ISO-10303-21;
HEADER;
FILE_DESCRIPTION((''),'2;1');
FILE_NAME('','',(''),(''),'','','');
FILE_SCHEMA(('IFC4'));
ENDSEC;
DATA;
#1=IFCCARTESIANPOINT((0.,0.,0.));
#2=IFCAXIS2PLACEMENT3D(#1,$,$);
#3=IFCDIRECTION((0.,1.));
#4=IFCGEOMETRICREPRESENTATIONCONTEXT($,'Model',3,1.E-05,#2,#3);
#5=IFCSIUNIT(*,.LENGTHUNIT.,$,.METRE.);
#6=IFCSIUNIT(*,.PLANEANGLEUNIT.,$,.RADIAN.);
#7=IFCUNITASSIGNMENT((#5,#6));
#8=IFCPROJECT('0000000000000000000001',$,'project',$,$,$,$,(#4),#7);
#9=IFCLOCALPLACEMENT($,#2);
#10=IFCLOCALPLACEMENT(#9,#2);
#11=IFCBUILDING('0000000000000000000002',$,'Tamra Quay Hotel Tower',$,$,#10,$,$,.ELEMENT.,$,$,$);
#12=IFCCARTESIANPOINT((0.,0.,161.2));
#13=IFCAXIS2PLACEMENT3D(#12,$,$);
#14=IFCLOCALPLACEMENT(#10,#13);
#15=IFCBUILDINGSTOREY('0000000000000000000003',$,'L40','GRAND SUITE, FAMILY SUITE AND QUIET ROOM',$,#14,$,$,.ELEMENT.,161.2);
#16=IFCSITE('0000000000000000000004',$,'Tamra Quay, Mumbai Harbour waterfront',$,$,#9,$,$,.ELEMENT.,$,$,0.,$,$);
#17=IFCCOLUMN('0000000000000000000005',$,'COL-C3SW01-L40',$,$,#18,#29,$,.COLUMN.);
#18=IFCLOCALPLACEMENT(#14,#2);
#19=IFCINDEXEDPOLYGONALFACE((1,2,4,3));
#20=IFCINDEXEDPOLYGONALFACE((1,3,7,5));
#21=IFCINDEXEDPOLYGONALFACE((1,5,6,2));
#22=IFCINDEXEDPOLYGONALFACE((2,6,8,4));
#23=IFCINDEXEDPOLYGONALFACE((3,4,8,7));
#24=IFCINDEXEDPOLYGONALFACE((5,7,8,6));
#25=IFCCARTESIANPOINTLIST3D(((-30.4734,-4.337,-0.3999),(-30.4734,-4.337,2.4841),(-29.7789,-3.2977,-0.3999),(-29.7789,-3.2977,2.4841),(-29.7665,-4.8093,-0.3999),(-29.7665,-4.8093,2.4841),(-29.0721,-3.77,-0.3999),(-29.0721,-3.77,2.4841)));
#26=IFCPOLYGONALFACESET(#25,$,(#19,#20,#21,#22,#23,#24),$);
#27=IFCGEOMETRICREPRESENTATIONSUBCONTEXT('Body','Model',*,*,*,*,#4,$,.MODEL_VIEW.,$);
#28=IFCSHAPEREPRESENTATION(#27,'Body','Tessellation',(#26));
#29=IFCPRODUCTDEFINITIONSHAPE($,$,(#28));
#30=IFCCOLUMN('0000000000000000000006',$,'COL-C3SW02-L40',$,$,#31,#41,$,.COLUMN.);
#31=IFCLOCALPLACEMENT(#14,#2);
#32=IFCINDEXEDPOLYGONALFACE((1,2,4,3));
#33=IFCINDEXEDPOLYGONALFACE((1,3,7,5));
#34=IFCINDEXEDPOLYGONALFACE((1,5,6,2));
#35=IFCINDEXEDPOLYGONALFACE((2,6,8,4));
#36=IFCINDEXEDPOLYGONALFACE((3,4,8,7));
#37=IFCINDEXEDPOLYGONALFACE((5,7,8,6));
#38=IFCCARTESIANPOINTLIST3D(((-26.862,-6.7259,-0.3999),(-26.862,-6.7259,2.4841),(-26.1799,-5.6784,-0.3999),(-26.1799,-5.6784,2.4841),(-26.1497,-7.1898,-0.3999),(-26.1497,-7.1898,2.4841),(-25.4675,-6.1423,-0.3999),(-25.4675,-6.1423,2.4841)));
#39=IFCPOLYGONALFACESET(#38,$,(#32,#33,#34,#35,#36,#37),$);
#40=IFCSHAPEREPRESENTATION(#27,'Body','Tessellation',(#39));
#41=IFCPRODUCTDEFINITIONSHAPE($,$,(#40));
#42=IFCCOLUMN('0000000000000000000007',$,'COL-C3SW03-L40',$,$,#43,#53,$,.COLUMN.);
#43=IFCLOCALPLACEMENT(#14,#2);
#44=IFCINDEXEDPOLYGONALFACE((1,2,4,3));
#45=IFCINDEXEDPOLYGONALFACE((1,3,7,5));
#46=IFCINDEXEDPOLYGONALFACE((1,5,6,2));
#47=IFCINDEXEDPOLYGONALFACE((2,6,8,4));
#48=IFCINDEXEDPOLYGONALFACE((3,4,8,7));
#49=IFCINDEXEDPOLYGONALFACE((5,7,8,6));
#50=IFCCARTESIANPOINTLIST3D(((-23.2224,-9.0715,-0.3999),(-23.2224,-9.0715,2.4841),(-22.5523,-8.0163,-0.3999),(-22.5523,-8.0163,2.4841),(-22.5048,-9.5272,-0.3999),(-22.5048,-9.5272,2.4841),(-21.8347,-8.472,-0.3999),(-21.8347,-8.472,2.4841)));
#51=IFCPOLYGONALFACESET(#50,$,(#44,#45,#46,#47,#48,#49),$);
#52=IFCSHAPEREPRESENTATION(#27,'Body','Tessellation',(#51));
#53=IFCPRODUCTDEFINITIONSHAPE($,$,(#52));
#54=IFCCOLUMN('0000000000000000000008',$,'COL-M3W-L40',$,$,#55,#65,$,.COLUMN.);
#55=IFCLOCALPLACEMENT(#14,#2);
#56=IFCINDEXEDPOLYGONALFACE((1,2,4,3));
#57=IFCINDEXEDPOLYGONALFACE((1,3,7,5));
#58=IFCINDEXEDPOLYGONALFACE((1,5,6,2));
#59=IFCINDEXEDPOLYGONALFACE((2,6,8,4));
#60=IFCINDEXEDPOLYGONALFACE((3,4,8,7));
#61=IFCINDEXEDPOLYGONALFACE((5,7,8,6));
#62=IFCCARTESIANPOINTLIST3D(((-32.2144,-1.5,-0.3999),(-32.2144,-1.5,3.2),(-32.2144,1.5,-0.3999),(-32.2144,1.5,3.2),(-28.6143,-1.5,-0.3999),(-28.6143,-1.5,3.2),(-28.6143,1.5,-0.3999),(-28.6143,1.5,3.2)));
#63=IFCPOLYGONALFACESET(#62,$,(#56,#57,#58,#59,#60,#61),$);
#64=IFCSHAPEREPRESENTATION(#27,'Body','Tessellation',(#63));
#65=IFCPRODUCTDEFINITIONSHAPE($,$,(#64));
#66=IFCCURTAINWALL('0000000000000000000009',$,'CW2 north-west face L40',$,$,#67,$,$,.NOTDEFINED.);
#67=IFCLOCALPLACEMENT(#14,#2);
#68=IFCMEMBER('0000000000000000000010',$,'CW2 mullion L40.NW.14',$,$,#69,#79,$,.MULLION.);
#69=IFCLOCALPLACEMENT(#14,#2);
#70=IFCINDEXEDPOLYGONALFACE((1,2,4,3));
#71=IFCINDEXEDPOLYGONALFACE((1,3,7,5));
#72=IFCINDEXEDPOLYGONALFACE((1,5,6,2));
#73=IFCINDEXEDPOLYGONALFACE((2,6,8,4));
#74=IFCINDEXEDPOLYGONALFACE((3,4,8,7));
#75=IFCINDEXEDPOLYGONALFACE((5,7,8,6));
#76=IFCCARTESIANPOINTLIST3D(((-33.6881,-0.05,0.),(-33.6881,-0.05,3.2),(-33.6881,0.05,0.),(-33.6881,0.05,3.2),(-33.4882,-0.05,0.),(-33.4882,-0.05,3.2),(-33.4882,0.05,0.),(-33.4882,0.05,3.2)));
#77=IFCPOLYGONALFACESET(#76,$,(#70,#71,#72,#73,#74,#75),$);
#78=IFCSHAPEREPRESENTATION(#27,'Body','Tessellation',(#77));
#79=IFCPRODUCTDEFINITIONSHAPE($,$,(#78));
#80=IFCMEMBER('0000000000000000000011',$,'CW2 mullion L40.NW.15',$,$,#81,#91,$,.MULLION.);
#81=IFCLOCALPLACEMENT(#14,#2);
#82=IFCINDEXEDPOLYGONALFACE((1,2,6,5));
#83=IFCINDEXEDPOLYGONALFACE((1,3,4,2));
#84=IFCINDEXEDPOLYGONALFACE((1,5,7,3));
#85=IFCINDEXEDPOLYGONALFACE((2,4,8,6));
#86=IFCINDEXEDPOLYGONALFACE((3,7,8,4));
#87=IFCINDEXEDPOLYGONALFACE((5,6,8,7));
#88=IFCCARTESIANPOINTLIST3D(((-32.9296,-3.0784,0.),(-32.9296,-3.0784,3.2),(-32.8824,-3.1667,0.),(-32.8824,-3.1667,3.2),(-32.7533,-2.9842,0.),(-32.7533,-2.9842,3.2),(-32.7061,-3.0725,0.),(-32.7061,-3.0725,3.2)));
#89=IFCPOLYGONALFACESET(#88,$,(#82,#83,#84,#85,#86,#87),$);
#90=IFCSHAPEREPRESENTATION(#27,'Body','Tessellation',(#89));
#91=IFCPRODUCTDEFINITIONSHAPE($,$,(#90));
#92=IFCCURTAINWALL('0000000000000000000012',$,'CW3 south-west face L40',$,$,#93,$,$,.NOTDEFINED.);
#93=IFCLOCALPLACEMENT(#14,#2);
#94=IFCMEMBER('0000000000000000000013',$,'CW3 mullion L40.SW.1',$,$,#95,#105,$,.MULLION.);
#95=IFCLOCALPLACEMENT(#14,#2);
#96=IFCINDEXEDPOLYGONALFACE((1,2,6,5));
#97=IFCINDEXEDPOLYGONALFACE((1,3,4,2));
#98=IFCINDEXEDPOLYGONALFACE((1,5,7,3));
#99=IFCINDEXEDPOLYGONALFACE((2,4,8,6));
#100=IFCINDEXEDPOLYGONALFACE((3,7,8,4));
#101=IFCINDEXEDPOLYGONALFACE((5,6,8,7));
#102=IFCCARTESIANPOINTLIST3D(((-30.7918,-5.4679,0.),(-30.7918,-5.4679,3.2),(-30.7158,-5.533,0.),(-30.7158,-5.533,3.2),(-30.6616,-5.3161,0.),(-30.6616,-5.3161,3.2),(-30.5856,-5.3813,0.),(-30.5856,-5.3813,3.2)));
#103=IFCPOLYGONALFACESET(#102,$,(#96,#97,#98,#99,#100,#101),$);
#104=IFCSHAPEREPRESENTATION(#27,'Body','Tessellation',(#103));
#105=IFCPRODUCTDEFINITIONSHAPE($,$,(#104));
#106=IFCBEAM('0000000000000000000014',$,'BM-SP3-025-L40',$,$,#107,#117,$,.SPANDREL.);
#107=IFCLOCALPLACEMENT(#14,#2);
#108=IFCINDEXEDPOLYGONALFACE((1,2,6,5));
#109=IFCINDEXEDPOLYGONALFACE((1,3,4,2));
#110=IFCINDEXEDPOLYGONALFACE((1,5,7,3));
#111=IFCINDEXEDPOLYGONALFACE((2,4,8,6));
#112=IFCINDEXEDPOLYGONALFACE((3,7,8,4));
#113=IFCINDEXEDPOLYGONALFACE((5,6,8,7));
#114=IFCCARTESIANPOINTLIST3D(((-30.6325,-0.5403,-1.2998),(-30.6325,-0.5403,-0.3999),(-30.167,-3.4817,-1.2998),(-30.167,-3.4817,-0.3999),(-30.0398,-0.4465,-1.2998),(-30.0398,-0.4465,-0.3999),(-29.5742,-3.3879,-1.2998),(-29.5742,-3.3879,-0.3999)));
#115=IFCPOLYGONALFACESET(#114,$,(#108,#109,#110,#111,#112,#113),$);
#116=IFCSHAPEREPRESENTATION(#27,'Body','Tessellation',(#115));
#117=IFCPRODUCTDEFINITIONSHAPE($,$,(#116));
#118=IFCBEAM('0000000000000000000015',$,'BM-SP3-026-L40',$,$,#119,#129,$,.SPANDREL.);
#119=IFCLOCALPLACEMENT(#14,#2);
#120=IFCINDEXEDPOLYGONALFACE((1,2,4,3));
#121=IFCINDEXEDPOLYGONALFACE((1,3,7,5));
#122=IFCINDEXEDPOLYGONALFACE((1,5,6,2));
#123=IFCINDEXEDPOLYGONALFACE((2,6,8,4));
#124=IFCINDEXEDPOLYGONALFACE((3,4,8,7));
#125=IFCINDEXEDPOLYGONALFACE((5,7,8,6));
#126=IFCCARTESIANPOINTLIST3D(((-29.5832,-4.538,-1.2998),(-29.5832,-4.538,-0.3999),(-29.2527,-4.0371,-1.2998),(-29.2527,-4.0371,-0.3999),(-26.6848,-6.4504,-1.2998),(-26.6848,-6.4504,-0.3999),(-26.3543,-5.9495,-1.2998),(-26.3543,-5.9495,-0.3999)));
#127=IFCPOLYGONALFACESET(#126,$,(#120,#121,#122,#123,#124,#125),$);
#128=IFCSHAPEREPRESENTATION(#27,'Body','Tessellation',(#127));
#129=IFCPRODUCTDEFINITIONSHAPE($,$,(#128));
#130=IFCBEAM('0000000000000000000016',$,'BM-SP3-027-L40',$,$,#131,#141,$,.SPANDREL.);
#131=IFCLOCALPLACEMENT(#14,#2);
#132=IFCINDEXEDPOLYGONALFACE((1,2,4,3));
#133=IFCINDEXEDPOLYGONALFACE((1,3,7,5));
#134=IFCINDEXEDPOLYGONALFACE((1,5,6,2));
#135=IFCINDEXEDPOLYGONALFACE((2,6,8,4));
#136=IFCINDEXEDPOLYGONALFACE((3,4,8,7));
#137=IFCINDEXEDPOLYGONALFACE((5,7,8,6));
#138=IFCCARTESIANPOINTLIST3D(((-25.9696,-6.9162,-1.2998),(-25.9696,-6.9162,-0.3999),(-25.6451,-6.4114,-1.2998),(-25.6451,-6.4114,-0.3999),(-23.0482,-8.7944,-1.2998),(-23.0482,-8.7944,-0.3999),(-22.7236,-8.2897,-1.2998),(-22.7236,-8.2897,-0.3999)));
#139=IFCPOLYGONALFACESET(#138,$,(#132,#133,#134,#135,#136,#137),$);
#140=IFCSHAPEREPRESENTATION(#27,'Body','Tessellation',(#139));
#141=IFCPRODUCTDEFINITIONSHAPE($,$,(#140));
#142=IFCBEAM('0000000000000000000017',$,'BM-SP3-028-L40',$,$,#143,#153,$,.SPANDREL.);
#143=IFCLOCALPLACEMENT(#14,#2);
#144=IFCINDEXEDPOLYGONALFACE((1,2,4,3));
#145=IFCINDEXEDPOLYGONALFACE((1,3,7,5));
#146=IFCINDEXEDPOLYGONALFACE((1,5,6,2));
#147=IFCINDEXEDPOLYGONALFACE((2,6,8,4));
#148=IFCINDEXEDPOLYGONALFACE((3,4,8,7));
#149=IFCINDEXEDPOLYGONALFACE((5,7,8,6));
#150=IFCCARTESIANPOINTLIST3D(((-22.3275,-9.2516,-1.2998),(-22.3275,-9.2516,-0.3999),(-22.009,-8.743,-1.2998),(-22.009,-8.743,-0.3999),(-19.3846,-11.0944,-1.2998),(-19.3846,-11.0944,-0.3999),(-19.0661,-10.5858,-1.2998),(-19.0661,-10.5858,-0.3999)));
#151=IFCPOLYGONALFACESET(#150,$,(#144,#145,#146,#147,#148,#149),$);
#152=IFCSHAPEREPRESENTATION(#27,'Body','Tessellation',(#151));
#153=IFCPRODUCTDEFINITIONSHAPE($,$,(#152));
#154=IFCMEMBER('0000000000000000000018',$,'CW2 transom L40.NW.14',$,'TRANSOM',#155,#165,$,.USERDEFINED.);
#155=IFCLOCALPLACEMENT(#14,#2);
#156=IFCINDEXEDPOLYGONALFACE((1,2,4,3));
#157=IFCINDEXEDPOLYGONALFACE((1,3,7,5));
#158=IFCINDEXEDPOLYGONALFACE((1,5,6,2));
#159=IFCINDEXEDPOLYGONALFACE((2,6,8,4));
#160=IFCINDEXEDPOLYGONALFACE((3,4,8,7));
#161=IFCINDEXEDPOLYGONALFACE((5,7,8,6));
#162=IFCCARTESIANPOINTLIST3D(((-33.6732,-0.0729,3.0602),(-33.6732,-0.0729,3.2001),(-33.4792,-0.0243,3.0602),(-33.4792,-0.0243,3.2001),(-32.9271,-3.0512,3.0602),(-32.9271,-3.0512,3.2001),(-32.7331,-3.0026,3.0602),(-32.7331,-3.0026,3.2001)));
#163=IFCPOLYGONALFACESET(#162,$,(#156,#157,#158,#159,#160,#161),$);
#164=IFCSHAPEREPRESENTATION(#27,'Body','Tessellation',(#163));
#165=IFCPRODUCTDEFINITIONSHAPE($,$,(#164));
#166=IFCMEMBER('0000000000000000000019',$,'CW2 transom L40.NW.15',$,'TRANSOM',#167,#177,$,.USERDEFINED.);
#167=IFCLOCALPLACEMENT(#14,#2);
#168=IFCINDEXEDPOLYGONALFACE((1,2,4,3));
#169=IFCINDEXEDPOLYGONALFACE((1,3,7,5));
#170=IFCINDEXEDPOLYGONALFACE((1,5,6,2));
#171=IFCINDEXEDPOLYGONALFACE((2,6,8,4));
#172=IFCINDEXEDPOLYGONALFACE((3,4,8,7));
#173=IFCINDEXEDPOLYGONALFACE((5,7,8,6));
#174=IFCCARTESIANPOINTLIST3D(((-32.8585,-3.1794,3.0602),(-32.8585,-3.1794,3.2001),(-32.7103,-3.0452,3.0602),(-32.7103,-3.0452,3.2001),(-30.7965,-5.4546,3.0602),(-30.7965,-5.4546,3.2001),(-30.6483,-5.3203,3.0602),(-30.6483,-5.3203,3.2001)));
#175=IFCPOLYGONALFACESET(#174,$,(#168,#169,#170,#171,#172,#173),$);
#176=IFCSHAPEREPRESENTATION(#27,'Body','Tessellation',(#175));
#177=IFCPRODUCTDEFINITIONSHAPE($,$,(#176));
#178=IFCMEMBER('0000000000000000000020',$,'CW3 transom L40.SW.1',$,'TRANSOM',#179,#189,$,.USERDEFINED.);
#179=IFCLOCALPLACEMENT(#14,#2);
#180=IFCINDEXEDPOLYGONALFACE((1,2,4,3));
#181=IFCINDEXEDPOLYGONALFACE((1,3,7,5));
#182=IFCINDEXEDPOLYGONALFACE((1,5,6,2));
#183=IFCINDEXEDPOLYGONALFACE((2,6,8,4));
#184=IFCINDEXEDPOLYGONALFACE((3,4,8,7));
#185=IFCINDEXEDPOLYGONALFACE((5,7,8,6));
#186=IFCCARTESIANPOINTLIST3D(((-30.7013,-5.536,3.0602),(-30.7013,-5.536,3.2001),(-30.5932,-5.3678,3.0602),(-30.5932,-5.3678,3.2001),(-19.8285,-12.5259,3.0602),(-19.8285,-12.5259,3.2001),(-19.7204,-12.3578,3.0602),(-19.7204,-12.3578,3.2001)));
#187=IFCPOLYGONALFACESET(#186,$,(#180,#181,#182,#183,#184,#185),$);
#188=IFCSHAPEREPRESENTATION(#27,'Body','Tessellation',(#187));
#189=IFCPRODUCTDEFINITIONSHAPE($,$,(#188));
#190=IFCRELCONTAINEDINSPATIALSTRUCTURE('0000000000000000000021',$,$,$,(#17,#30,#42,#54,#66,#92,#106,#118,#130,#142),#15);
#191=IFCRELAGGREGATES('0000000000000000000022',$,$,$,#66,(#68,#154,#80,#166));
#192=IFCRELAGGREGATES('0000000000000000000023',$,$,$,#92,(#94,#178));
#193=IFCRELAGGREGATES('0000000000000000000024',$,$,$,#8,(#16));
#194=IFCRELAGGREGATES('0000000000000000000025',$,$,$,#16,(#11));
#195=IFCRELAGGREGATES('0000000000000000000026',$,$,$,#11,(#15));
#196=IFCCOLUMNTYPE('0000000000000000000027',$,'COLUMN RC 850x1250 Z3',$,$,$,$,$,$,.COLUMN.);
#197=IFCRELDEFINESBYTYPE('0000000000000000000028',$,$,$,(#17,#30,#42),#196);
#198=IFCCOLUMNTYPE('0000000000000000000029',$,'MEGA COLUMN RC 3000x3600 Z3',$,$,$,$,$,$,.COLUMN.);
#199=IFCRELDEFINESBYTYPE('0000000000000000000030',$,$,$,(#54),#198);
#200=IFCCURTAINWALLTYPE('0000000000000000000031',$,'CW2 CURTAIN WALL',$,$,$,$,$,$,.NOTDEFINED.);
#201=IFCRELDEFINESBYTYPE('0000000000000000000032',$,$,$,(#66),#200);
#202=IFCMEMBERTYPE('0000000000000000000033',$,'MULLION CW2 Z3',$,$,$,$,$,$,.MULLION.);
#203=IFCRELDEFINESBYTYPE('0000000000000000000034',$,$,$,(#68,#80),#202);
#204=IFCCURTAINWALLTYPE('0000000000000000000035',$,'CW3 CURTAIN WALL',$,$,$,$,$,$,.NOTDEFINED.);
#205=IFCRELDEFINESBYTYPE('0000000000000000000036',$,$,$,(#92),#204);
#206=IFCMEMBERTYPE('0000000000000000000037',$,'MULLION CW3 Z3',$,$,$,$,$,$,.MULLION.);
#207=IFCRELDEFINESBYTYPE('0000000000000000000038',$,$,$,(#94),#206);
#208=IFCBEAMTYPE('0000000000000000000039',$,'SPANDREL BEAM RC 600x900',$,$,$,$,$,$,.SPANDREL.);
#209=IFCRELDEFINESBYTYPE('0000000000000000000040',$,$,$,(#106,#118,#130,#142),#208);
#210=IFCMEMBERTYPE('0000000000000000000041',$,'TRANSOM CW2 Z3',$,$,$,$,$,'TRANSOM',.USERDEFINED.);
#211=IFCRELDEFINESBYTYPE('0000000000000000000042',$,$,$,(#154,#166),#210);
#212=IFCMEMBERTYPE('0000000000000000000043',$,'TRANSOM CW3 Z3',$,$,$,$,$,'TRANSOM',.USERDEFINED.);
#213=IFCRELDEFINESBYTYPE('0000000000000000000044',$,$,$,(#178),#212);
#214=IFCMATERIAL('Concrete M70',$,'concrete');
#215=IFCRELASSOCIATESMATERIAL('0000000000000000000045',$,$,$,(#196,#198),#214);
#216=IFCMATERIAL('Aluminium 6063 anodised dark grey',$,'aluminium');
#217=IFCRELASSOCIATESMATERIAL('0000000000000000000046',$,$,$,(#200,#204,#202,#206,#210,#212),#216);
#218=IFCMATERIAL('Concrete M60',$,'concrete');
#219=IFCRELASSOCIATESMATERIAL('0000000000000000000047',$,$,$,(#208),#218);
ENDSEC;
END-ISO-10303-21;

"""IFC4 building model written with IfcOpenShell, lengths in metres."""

from ifc_helpers import new_model, si_unit, direction, frame, origin, origin_2d, place, context, subcontext, project, spatial, rectangle, extrude, material, material_profile, profile_set, type_object, element, aggregate, save


model = new_model("IFC4")

# Units and contexts
model_context = context("Model", 3, precision=1e-05, world=origin(), true_north=direction((0.0, 1.0)))
body_context = subcontext(model_context, "Body", "Model", "MODEL_VIEW")
ifc_project = project(units=[si_unit("LENGTHUNIT", "METRE"), si_unit("PLANEANGLEUNIT", "RADIAN")], contexts=[model_context])

# Site, building, storey
site_placement = place(None, origin())
site = spatial("IfcSite", under=ifc_project, at=site_placement, Name="Tamra Quay, Mumbai Harbour waterfront", CompositionType="ELEMENT", RefElevation=0.0)
building_placement = place(site_placement, origin())
building = spatial("IfcBuilding", under=site, at=building_placement, Name="Tamra Quay Hotel Tower", CompositionType="ELEMENT")
storey_placement = place(building_placement, frame((0.0, 0.0, 161.2)))
storey = spatial("IfcBuildingStorey", under=building, at=storey_placement, Name="L40", Description="GRAND SUITE, FAMILY SUITE AND QUIET ROOM", CompositionType="ELEMENT", Elevation=161.2)

# Columns
ifc_material_1 = material(Name="Concrete M70", Category="concrete")
ifc_material_profile_1 = material_profile(ifc_material_1, rectangle(XDim=1.25, YDim=0.8501, at=origin_2d()), Name="COLUMN RC 850x1250 Z3")
ifc_profile_set_1 = profile_set([ifc_material_profile_1], Name="Concrete M70")
column_type_1 = type_object("IfcColumnType", Name="COLUMN RC 850x1250 Z3", PredefinedType="COLUMN", material=ifc_profile_set_1)
for number, where, z_axis, x_axis, name in (
    (1, (-29.7727, -4.0535, -0.3999), (0.0, 0.0, 1.0), (0.555583, 0.831461, 0.0), "COL-C3SW01-L40"),
    (2, (-26.1648, -6.4341, -0.3999), (0.0, 0.0, 1.0), (0.545703, 0.837979, 0.0), "COL-C3SW02-L40"),
    (3, (-22.5286, -8.7717, -0.3999), (0.0, 0.0, 1.0), (0.536102, 0.844153, 0.0), "COL-C3SW03-L40"),
):
    element("IfcColumn", number, at=place(storey_placement, frame(where, z_axis=z_axis, x_axis=x_axis)), inside=storey, type_object=column_type_1, Name=name, PredefinedType="COLUMN", context=body_context, shape_type="SweptSolid", body=[
        extrude(rectangle(XDim=1.25, YDim=0.8501, at=origin_2d()), origin(), (0.0, 0.0, 1.0), 2.884),
    ])
ifc_material_profile_2 = material_profile(ifc_material_1, rectangle(XDim=3.6001, YDim=3.0, at=origin_2d()), Name="MEGA COLUMN RC 3000x3600 Z3")
ifc_profile_set_2 = profile_set([ifc_material_profile_2], Name="Concrete M70")
column_type_2 = type_object("IfcColumnType", Name="MEGA COLUMN RC 3000x3600 Z3", PredefinedType="COLUMN", material=ifc_profile_set_2)
column_placement = place(storey_placement, frame((-30.4143, 0.0, -0.3999), z_axis=(0.0, 0.0, 1.0), x_axis=(1.0, 0.0, 0.0)))
element("IfcColumn", 4, at=column_placement, inside=storey, type_object=column_type_2, Name="COL-M3W-L40", PredefinedType="COLUMN", context=body_context, shape_type="SweptSolid", body=[
    extrude(rectangle(XDim=3.6001, YDim=3.0, at=origin_2d()), origin(), (0.0, 0.0, 1.0), 3.5999),
])

# Curtain wall, members
ifc_material_2 = material(Name="Aluminium 6063 anodised dark grey", Category="aluminium")
curtain_wall_type_1 = type_object("IfcCurtainWallType", Name="CW2 CURTAIN WALL", PredefinedType="NOTDEFINED", material=ifc_material_2)
curtain_wall_1_placement = place(storey_placement, origin())
curtain_wall_1 = element("IfcCurtainWall", 5, at=curtain_wall_1_placement, inside=storey, type_object=curtain_wall_type_1, Name="CW2 north-west face L40", PredefinedType="NOTDEFINED")
ifc_material_profile_3 = material_profile(ifc_material_2, rectangle(XDim=0.2, YDim=0.1001, at=origin_2d()), Name="MULLION 100X200")
ifc_profile_set_3 = profile_set([ifc_material_profile_3], Name="Aluminium 6063 anodised dark grey")
member_type_1 = type_object("IfcMemberType", Name="MULLION CW2 Z3", PredefinedType="MULLION", material=ifc_profile_set_3)
member_1_placement = place(storey_placement, frame((-33.5881, 0.0, 0.0), z_axis=(0.0, 0.0, 1.0), x_axis=(-1.0, 0.0, 0.0)))
member_1 = element("IfcMember", 6, at=member_1_placement, type_object=member_type_1, Name="CW2 mullion L40.NW.14", PredefinedType="MULLION", context=body_context, shape_type="SweptSolid", body=[
    extrude(rectangle(XDim=0.2, YDim=0.1001, at=origin_2d()), origin(), (0.0, 0.0, 1.0), 3.2),
])
member_2_placement = place(storey_placement, frame((-32.8179, -3.0754, 0.0), z_axis=(0.0, 0.0, 1.0), x_axis=(-0.881925, -0.471389, 0.0)))
member_2 = element("IfcMember", 7, at=member_2_placement, type_object=member_type_1, Name="CW2 mullion L40.NW.15", PredefinedType="MULLION", context=body_context, shape_type="SweptSolid", body=[
    extrude(rectangle(XDim=0.2, YDim=0.1001, at=origin_2d()), origin(), (0.0, 0.0, 1.0), 3.2),
])

# Curtain wall, member
curtain_wall_type_2 = type_object("IfcCurtainWallType", Name="CW3 CURTAIN WALL", PredefinedType="NOTDEFINED", material=ifc_material_2)
curtain_wall_2_placement = place(storey_placement, origin())
curtain_wall_2 = element("IfcCurtainWall", 8, at=curtain_wall_2_placement, inside=storey, type_object=curtain_wall_type_2, Name="CW3 south-west face L40", PredefinedType="NOTDEFINED")
ifc_material_profile_4 = material_profile(ifc_material_2, rectangle(XDim=0.2, YDim=0.1001, at=origin_2d()), Name="MULLION 100X200")
ifc_profile_set_4 = profile_set([ifc_material_profile_4], Name="Aluminium 6063 anodised dark grey")
member_type_2 = type_object("IfcMemberType", Name="MULLION CW3 Z3", PredefinedType="MULLION", material=ifc_profile_set_4)
member_3_placement = place(storey_placement, frame((-30.6887, -5.4246, 0.0), z_axis=(0.0, 0.0, 1.0), x_axis=(-0.650989, -0.759087, 0.0)))
member_3 = element("IfcMember", 9, at=member_3_placement, type_object=member_type_2, Name="CW3 mullion L40.SW.1", PredefinedType="MULLION", context=body_context, shape_type="SweptSolid", body=[
    extrude(rectangle(XDim=0.2, YDim=0.1001, at=origin_2d()), origin(), (0.0, 0.0, 1.0), 3.2),
])

# Beams
ifc_material_3 = material(Name="Concrete M60", Category="concrete")
ifc_material_profile_5 = material_profile(ifc_material_3, rectangle(XDim=0.6001, YDim=0.8999, at=origin_2d()), Name="SPANDREL BEAM RC 600x900")
ifc_profile_set_5 = profile_set([ifc_material_profile_5], Name="Concrete M60")
beam_type = type_object("IfcBeamType", Name="SPANDREL BEAM RC 600x900", PredefinedType="SPANDREL", material=ifc_profile_set_5)
beam_1_placement = place(storey_placement, frame((-30.3362, -0.4934, -0.8499), z_axis=(0.156337, -0.987704, 0.0), x_axis=(0.987704, 0.156337, 0.0)))
element("IfcBeam", 10, at=beam_1_placement, inside=storey, type_object=beam_type, Name="BM-SP3-025-L40", PredefinedType="SPANDREL", context=body_context, shape_type="SweptSolid", body=[
    extrude(rectangle(XDim=0.6001, YDim=0.8999, at=origin_2d()), origin(), (0.0, 0.0, 1.0), 2.978),
])
beam_2_placement = place(storey_placement, frame((-29.418, -4.2876, -0.8499), z_axis=(0.834691, -0.550719, 0.0), x_axis=(0.550719, 0.834691, 0.0)))
element("IfcBeam", 11, at=beam_2_placement, inside=storey, type_object=beam_type, Name="BM-SP3-026-L40", PredefinedType="SPANDREL", context=body_context, shape_type="SweptSolid", body=[
    extrude(rectangle(XDim=0.6001, YDim=0.8999, at=origin_2d()), origin(), (0.0, 0.0, 1.0), 3.4724),
])
beam_3_placement = place(storey_placement, frame((-25.8074, -6.6638, -0.8499), z_axis=(0.84116, -0.540786, 0.0), x_axis=(0.540786, 0.84116, 0.0)))
element("IfcBeam", 12, at=beam_3_placement, inside=storey, type_object=beam_type, Name="BM-SP3-027-L40", PredefinedType="SPANDREL", context=body_context, shape_type="SweptSolid", body=[
    extrude(rectangle(XDim=0.6001, YDim=0.8999, at=origin_2d()), origin(), (0.0, 0.0, 1.0), 3.4731),
])
beam_4_placement = place(storey_placement, frame((-22.1682, -8.9973, -0.8499), z_axis=(0.847548, -0.530719, 0.0), x_axis=(0.530719, 0.847548, 0.0)))
element("IfcBeam", 13, at=beam_4_placement, inside=storey, type_object=beam_type, Name="BM-SP3-028-L40", PredefinedType="SPANDREL", context=body_context, shape_type="SweptSolid", body=[
    extrude(rectangle(XDim=0.6001, YDim=0.8999, at=origin_2d()), origin(), (0.0, 0.0, 1.0), 3.4722),
])

# Members
ifc_material_profile_6 = material_profile(ifc_material_2, rectangle(XDim=0.2, YDim=0.1399, at=origin_2d()), Name="TRANSOM 200X140")
ifc_profile_set_6 = profile_set([ifc_material_profile_6], Name="Aluminium 6063 anodised dark grey")
member_type_3 = type_object("IfcMemberType", Name="TRANSOM CW2 Z3", ElementType="TRANSOM", PredefinedType="USERDEFINED", material=ifc_profile_set_6)
member_4_placement = place(storey_placement, frame((-33.5762, -0.0486, 3.1301), z_axis=(0.243003, -0.970025, 0.0), x_axis=(0.970025, 0.243003, 0.0)))
member_4 = element("IfcMember", 14, at=member_4_placement, type_object=member_type_3, Name="CW2 transom L40.NW.14", ObjectType="TRANSOM", PredefinedType="USERDEFINED", context=body_context, shape_type="SweptSolid", body=[
    extrude(rectangle(XDim=0.2, YDim=0.1399, at=origin_2d()), origin(), (0.0, 0.0, 1.0), 3.0703),
])
member_5_placement = place(storey_placement, frame((-32.7844, -3.1123, 3.1301), z_axis=(0.671548, -0.740961, 0.0), x_axis=(0.740961, 0.671548, 0.0)))
member_5 = element("IfcMember", 15, at=member_5_placement, type_object=member_type_3, Name="CW2 transom L40.NW.15", ObjectType="TRANSOM", PredefinedType="USERDEFINED", context=body_context, shape_type="SweptSolid", body=[
    extrude(rectangle(XDim=0.2, YDim=0.1399, at=origin_2d()), origin(), (0.0, 0.0, 1.0), 3.0706),
])
ifc_material_profile_7 = material_profile(ifc_material_2, rectangle(XDim=0.2, YDim=0.1399, at=origin_2d()), Name="TRANSOM 200X140")
ifc_profile_set_7 = profile_set([ifc_material_profile_7], Name="Aluminium 6063 anodised dark grey")
member_type_4 = type_object("IfcMemberType", Name="TRANSOM CW3 Z3", ElementType="TRANSOM", PredefinedType="USERDEFINED", material=ifc_profile_set_7)
member_6_placement = place(storey_placement, frame((-30.6472, -5.4519, 3.1301), z_axis=(0.841167, -0.540776, 0.0), x_axis=(0.540776, 0.841167, 0.0)))
member_6 = element("IfcMember", 16, at=member_6_placement, type_object=member_type_4, Name="CW3 transom L40.SW.1", ObjectType="TRANSOM", PredefinedType="USERDEFINED", context=body_context, shape_type="SweptSolid", body=[
    extrude(rectangle(XDim=0.2, YDim=0.1399, at=origin_2d()), origin(), (0.0, 0.0, 1.0), 12.9258),
])

aggregate(curtain_wall_1, [member_1, member_4, member_2, member_5])
aggregate(curtain_wall_2, [member_3, member_6])

save(model, "model.ifc")
